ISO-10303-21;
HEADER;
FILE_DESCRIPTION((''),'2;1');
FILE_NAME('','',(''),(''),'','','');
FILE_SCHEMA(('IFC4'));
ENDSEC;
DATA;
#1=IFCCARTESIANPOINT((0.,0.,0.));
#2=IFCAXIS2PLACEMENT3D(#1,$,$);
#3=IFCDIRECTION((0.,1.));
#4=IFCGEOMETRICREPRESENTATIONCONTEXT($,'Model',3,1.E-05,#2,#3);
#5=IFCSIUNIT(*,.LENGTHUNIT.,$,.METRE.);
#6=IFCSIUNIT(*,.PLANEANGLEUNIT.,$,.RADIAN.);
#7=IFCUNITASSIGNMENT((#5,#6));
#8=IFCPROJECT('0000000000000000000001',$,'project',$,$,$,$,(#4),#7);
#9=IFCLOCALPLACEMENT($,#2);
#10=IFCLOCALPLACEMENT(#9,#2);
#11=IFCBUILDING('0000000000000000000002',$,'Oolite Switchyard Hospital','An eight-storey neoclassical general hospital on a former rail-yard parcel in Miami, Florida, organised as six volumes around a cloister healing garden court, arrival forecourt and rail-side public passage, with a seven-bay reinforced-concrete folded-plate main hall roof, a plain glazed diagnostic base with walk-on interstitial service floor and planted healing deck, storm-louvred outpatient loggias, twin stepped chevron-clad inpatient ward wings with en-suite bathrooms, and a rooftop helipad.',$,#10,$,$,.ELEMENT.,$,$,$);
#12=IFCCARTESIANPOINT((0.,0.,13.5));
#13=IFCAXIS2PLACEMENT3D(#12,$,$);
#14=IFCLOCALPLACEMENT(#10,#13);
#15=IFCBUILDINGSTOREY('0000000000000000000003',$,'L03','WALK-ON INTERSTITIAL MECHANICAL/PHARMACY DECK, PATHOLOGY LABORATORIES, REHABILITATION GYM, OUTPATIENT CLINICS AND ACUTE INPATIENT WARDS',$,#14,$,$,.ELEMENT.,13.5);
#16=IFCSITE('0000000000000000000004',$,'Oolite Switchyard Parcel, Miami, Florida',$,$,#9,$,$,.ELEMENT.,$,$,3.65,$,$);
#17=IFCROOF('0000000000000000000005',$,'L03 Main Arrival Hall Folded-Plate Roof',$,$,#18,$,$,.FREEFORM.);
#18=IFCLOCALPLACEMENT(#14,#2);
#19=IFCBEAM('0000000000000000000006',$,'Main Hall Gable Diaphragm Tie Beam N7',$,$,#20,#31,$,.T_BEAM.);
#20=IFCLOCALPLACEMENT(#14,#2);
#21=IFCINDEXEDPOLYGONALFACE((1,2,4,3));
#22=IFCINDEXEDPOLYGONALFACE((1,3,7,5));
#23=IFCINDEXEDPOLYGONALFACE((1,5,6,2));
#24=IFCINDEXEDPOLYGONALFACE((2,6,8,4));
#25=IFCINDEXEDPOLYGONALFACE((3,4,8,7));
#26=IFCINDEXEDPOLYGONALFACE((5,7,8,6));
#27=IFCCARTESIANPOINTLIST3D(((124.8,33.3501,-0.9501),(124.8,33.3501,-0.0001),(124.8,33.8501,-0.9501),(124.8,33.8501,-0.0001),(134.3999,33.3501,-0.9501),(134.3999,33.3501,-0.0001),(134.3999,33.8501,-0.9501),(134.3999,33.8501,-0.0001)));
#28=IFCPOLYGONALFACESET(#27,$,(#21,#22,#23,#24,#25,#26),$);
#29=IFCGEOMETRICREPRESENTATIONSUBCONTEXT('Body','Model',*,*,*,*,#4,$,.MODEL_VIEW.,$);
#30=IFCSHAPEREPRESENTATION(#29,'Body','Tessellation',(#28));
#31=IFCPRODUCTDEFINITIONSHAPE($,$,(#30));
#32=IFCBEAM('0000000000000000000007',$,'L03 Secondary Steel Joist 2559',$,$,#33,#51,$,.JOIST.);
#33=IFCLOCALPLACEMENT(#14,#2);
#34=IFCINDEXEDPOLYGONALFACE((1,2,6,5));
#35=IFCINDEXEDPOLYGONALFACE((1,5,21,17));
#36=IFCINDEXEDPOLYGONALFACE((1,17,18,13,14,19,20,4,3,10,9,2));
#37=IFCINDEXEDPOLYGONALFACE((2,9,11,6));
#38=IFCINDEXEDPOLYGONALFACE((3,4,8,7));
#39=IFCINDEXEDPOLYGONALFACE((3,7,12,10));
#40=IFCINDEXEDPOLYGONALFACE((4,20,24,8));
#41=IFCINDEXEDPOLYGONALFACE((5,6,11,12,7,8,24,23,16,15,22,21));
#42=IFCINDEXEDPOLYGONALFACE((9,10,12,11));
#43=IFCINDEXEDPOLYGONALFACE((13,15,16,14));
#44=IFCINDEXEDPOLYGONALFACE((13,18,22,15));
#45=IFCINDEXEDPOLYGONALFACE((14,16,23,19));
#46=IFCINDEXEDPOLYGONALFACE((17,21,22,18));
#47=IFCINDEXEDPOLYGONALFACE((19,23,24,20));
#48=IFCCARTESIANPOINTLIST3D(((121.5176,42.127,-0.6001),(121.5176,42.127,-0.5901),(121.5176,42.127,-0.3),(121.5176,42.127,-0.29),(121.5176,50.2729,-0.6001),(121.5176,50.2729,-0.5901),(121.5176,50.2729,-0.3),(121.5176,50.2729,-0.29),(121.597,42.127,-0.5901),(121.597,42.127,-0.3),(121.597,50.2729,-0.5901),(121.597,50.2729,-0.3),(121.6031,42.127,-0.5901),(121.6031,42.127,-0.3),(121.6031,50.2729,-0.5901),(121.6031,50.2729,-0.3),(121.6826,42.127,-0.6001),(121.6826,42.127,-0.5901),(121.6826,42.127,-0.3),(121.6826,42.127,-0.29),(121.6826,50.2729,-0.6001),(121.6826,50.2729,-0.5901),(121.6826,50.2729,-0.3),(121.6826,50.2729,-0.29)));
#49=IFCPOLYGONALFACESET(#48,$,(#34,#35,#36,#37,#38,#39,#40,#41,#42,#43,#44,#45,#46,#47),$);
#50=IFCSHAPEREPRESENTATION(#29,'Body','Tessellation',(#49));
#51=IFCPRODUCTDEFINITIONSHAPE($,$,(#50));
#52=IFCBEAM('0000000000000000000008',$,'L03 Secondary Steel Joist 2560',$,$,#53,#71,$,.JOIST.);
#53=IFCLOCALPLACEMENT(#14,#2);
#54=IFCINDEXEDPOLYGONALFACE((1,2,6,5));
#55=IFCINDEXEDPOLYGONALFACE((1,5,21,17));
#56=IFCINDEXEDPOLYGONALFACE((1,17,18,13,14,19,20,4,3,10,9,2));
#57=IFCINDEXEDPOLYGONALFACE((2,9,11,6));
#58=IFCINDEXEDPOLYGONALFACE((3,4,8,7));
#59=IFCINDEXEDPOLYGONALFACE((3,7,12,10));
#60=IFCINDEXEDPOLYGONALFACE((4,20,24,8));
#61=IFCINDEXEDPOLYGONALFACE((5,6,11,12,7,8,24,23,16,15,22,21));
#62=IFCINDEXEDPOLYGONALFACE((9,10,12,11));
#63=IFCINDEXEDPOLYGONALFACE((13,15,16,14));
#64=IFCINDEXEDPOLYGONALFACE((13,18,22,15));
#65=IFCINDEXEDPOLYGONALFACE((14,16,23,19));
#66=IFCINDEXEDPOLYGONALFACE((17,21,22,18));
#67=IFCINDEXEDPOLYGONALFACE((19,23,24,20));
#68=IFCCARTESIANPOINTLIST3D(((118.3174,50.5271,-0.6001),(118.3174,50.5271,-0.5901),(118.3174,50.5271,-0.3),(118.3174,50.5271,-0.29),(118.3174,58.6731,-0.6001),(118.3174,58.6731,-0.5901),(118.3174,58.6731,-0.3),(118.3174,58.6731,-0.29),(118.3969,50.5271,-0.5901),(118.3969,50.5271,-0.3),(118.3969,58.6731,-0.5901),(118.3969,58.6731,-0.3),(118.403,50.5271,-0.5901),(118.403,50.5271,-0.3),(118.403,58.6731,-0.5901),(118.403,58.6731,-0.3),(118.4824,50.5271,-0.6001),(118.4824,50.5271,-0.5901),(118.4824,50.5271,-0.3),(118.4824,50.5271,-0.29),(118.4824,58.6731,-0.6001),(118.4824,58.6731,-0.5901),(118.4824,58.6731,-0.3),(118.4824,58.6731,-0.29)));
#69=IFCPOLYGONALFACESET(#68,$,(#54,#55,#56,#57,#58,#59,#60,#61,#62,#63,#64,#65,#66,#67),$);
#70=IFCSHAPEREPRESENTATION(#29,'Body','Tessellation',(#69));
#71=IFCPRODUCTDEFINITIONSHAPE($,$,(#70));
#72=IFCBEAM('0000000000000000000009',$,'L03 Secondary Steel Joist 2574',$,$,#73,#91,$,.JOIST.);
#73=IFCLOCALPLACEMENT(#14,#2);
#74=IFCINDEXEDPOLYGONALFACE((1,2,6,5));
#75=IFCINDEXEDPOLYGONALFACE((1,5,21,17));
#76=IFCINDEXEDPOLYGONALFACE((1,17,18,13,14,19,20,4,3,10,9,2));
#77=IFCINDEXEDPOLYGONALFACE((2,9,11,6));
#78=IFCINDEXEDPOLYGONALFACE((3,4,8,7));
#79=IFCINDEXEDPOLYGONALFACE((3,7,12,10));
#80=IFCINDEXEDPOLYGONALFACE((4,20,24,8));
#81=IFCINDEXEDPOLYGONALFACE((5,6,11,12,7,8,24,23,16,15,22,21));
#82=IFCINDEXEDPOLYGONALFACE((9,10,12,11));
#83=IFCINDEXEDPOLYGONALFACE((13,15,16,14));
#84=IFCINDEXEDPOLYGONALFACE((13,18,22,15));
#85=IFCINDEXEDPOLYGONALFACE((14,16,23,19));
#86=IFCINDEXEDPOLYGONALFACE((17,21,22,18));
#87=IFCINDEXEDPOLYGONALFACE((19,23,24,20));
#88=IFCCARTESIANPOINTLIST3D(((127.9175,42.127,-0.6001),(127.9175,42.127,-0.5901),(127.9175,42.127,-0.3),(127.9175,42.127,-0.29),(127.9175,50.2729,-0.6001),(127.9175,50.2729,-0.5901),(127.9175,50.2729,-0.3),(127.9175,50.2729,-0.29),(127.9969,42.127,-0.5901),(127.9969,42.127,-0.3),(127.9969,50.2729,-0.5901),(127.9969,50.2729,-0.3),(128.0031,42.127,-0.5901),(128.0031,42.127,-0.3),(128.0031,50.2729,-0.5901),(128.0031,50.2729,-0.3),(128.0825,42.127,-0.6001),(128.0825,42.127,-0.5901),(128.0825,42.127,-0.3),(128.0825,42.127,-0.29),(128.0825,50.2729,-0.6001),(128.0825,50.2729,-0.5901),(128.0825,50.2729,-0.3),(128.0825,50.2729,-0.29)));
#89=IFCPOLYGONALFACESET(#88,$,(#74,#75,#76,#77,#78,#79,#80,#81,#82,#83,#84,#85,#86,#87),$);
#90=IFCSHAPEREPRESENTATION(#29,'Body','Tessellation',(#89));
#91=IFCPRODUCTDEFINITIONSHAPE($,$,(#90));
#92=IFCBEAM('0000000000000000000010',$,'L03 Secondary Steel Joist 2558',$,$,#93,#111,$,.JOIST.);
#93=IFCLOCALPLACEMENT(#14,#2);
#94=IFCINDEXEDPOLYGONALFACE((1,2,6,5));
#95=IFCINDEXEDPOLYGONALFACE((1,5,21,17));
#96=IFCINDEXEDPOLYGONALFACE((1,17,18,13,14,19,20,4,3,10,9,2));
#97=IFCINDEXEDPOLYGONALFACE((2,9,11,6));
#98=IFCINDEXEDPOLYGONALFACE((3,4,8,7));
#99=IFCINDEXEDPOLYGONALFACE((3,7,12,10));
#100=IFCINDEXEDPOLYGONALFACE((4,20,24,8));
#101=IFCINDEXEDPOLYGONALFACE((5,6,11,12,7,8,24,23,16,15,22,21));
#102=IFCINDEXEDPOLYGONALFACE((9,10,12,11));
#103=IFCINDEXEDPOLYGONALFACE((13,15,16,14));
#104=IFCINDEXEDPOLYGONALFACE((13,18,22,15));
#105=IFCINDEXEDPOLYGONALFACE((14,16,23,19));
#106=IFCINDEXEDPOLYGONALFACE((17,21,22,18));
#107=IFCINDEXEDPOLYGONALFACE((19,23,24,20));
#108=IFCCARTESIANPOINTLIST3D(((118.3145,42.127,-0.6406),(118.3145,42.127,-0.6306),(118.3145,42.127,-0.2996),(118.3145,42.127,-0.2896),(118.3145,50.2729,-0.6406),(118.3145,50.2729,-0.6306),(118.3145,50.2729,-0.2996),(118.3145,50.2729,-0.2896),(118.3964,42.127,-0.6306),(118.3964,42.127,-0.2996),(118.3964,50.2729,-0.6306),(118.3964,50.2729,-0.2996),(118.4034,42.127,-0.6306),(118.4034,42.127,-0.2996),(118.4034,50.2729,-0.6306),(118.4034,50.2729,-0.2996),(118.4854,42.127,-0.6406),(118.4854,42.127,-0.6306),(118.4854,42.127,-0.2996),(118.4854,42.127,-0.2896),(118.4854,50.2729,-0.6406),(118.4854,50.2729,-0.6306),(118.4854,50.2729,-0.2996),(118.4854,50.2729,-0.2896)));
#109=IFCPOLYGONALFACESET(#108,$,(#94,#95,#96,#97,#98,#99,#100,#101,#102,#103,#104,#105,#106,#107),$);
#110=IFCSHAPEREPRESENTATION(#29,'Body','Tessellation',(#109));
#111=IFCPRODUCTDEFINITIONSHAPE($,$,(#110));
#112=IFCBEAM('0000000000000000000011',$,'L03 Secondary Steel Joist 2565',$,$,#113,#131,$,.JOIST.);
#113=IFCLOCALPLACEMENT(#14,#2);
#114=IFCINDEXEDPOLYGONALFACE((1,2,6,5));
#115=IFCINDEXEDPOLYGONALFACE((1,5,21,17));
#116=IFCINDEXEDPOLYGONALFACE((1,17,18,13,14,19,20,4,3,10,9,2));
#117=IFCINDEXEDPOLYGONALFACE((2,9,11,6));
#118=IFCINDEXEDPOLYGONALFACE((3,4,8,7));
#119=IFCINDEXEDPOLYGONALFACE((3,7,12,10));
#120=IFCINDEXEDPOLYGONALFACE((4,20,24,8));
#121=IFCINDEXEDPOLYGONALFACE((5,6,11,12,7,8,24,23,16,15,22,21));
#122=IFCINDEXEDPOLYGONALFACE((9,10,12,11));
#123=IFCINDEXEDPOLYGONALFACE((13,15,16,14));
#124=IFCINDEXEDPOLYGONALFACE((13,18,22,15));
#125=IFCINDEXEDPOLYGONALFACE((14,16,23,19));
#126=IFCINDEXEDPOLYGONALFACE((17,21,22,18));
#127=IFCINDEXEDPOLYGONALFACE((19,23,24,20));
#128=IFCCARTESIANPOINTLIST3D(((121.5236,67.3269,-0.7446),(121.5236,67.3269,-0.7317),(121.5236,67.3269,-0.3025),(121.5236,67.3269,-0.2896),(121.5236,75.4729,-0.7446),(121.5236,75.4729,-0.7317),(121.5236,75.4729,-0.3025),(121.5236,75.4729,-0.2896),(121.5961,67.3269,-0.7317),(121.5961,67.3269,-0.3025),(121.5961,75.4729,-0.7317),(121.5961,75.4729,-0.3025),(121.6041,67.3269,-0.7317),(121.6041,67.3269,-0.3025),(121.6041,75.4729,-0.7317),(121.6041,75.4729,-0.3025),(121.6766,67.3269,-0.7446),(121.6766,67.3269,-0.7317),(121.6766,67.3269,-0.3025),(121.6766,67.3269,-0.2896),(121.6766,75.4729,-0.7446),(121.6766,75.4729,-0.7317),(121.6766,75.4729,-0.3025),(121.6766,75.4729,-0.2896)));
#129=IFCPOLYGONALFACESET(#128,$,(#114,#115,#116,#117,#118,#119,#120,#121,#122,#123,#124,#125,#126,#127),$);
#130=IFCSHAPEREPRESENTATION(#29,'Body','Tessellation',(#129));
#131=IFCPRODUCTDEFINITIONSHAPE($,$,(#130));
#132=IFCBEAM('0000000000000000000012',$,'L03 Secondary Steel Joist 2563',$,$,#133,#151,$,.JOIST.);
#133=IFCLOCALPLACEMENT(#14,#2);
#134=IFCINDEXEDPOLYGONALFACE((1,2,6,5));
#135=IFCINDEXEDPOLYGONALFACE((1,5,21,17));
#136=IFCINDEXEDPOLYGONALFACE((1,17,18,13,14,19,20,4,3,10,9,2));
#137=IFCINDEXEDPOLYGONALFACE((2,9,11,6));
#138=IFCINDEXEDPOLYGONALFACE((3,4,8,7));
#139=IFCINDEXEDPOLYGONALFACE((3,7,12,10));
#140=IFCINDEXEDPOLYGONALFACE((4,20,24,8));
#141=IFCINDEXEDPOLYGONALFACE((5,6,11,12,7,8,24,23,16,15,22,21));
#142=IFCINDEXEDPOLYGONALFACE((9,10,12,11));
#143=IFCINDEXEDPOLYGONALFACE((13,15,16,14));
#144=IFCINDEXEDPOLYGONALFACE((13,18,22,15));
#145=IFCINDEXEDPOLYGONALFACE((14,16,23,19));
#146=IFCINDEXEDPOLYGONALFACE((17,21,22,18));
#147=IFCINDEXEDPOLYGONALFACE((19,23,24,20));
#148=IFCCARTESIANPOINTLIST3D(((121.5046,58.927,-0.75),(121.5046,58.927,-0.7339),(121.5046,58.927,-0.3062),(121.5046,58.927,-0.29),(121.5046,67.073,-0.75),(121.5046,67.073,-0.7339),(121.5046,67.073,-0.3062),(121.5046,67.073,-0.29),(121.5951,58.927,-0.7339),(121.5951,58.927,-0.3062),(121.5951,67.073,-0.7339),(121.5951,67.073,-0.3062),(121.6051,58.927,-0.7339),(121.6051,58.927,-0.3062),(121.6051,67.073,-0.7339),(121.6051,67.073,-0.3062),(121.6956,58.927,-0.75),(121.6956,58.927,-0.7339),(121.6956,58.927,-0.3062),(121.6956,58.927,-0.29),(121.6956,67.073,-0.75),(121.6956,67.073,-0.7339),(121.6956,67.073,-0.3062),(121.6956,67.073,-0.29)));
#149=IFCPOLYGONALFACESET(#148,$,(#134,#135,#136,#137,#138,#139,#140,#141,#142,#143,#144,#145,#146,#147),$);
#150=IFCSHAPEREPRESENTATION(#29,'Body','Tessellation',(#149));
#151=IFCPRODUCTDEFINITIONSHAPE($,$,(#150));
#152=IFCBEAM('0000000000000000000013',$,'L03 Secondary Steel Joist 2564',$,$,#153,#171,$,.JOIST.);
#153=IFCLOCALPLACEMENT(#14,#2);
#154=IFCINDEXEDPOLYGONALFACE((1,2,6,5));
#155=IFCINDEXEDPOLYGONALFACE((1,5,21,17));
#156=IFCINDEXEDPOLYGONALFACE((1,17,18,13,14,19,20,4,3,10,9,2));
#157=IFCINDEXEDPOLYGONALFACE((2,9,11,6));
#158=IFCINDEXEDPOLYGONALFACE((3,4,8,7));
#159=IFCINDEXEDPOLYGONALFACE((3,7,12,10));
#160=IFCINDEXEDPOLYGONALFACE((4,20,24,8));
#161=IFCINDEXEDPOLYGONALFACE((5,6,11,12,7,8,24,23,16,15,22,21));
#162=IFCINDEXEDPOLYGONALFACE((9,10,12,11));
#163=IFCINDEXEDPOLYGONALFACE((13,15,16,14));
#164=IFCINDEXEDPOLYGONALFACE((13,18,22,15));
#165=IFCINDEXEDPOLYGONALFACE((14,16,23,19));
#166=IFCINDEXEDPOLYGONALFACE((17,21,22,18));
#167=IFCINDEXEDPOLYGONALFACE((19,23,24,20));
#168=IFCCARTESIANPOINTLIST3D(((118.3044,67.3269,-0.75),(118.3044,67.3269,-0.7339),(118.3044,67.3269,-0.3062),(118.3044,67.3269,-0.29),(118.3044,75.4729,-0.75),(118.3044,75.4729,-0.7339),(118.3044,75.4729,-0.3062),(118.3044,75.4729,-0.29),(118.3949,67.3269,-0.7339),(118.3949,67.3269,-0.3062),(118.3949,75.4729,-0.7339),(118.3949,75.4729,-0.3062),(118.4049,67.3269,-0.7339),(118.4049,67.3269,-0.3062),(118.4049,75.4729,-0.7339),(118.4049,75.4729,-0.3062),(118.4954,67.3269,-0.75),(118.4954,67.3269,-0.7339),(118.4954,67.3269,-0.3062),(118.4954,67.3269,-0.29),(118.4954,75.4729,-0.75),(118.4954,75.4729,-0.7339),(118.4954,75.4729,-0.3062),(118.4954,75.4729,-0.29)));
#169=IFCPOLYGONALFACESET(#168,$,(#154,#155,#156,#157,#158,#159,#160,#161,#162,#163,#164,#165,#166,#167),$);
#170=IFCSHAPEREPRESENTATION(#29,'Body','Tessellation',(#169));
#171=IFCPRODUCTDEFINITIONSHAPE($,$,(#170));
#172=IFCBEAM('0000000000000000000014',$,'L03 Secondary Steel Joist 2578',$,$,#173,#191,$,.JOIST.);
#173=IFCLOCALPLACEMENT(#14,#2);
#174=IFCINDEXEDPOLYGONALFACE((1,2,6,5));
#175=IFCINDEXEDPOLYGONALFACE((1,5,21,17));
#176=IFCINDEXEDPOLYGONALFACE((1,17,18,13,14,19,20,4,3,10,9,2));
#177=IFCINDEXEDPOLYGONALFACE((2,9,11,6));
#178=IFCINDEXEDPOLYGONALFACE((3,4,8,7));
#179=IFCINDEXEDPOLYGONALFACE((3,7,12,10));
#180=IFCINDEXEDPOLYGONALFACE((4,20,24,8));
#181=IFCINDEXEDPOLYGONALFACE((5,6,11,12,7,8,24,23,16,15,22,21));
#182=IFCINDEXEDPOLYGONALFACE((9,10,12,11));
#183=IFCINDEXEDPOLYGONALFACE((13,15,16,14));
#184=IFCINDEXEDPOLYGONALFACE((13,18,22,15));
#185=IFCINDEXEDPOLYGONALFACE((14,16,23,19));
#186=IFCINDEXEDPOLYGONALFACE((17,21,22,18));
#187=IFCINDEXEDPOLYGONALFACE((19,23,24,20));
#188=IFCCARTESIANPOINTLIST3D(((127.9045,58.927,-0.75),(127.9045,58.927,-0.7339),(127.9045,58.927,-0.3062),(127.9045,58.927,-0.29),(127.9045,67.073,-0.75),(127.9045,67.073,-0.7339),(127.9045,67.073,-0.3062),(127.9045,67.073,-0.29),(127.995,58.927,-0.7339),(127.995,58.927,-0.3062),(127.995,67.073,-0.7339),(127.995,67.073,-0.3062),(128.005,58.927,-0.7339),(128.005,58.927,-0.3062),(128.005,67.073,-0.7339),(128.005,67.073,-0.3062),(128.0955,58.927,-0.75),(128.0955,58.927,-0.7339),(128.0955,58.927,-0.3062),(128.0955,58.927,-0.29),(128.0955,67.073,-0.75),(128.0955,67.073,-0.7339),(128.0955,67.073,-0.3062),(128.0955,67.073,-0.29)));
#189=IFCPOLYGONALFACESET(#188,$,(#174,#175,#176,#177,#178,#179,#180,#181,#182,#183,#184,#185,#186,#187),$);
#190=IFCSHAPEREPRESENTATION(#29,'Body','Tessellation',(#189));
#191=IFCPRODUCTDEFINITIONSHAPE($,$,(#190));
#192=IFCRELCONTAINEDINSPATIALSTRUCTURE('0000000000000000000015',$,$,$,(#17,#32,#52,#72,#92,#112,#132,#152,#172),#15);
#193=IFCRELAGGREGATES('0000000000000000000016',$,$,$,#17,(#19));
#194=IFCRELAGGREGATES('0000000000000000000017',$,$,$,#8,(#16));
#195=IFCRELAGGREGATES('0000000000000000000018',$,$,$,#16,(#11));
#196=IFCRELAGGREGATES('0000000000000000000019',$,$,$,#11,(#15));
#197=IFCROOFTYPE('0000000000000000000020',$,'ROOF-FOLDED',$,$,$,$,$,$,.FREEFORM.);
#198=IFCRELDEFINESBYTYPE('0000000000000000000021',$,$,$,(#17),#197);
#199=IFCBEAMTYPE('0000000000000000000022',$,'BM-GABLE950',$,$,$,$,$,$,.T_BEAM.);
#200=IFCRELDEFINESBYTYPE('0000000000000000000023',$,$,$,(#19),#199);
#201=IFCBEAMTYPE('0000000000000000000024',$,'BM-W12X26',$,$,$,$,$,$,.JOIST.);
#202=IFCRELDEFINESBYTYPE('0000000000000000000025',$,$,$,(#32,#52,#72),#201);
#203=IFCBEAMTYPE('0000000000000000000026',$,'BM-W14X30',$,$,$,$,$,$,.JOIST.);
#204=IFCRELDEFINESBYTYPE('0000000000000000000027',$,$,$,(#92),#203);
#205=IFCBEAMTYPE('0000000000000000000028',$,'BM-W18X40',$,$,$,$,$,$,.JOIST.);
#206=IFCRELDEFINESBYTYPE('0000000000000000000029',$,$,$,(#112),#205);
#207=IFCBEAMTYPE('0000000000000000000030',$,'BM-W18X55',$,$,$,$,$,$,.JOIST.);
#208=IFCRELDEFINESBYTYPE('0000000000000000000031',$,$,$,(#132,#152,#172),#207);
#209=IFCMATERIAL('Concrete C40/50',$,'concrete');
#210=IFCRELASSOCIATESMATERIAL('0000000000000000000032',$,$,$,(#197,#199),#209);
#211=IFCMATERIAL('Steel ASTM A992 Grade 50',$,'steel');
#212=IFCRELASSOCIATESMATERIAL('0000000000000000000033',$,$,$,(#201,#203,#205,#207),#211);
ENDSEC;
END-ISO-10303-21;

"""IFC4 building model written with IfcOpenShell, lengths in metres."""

from ifc_helpers import new_model, si_unit, direction, frame, origin, origin_2d, place, context, subcontext, project, spatial, rectangle, i_section, extrude, material, material_profile, profile_set, type_object, element, aggregate, save


model = new_model("IFC4")

# Units and contexts
model_context = context("Model", 3, precision=1e-05, world=origin(), true_north=direction((0.0, 1.0)))
body_context = subcontext(model_context, "Body", "Model", "MODEL_VIEW")
ifc_project = project(units=[si_unit("LENGTHUNIT", "METRE"), si_unit("PLANEANGLEUNIT", "RADIAN")], contexts=[model_context])

# Site, building, storey
site_placement = place(None, origin())
site = spatial("IfcSite", under=ifc_project, at=site_placement, Name="Oolite Switchyard Parcel, Miami, Florida", CompositionType="ELEMENT", RefElevation=3.65)
building_placement = place(site_placement, origin())
building = spatial("IfcBuilding", under=site, at=building_placement, Name="Oolite Switchyard Hospital", Description="An eight-storey neoclassical general hospital on a former rail-yard parcel in Miami, Florida, organised as six volumes around a cloister healing garden court, arrival forecourt and rail-side public passage, with a seven-bay reinforced-concrete folded-plate main hall roof, a plain glazed diagnostic base with walk-on interstitial service floor and planted healing deck, storm-louvred outpatient loggias, twin stepped chevron-clad inpatient ward wings with en-suite bathrooms, and a rooftop helipad.", CompositionType="ELEMENT")
storey_placement = place(building_placement, frame((0.0, 0.0, 13.5)))
storey = spatial("IfcBuildingStorey", under=building, at=storey_placement, Name="L03", Description="WALK-ON INTERSTITIAL MECHANICAL/PHARMACY DECK, PATHOLOGY LABORATORIES, REHABILITATION GYM, OUTPATIENT CLINICS AND ACUTE INPATIENT WARDS", CompositionType="ELEMENT", Elevation=13.5)

# Roof, beam
ifc_material_1 = material(Name="Concrete C40/50", Category="concrete")
roof_type = type_object("IfcRoofType", Name="ROOF-FOLDED", PredefinedType="FREEFORM", material=ifc_material_1)
roof_placement = place(storey_placement, origin())
roof = element("IfcRoof", 1, at=roof_placement, inside=storey, type_object=roof_type, Name="L03 Main Arrival Hall Folded-Plate Roof", PredefinedType="FREEFORM")
ifc_material_profile_1 = material_profile(ifc_material_1, rectangle(XDim=0.5, YDim=0.95, at=origin_2d()), Name="RCG500X950")
ifc_profile_set_1 = profile_set([ifc_material_profile_1], Name="Concrete C40/50")
beam_type_1 = type_object("IfcBeamType", Name="BM-GABLE950", PredefinedType="T_BEAM", material=ifc_profile_set_1)
beam_1_placement = place(storey_placement, frame((124.8, 33.6001, -0.4751), z_axis=(1.0, 0.0, 0.0), x_axis=(0.0, 1.0, 0.0)))
beam_1 = element("IfcBeam", 2, at=beam_1_placement, type_object=beam_type_1, Name="Main Hall Gable Diaphragm Tie Beam N7", PredefinedType="T_BEAM", context=body_context, shape_type="SweptSolid", body=[
    extrude(rectangle(XDim=0.5, YDim=0.95, at=origin_2d()), origin(), (0.0, 0.0, 1.0), 9.5999),
])

# Beams
ifc_material_2 = material(Name="Steel ASTM A992 Grade 50", Category="steel")
ifc_material_profile_2 = material_profile(ifc_material_2, i_section(OverallWidth=0.165, OverallDepth=0.3101, WebThickness=0.0061, FlangeThickness=0.01, at=origin_2d()), Name="W12X26")
ifc_profile_set_2 = profile_set([ifc_material_profile_2], Name="Steel ASTM A992 Grade 50")
beam_type_2 = type_object("IfcBeamType", Name="BM-W12X26", PredefinedType="JOIST", material=ifc_profile_set_2)
for number, where, z_axis, x_axis, name in (
    (3, (121.6001, 42.127, -0.4451), (0.0, 1.0, 0.0), (-1.0, 0.0, 0.0), "L03 Secondary Steel Joist 2559"),
    (4, (118.3999, 50.5271, -0.4451), (0.0, 1.0, 0.0), (-1.0, 0.0, 0.0), "L03 Secondary Steel Joist 2560"),
    (5, (128.0, 42.127, -0.4451), (0.0, 1.0, 0.0), (-1.0, 0.0, 0.0), "L03 Secondary Steel Joist 2574"),
):
    element("IfcBeam", number, at=place(storey_placement, frame(where, z_axis=z_axis, x_axis=x_axis)), inside=storey, type_object=beam_type_2, Name=name, PredefinedType="JOIST", context=body_context, shape_type="SweptSolid", body=[
        extrude(i_section(OverallWidth=0.165, OverallDepth=0.3101, WebThickness=0.0061, FlangeThickness=0.01, at=origin_2d()), origin(), (0.0, 0.0, 1.0), 8.146),
    ])
ifc_material_profile_3 = material_profile(ifc_material_2, i_section(OverallWidth=0.1709, OverallDepth=0.3511, WebThickness=0.0071, FlangeThickness=0.01, at=origin_2d()), Name="W14X30")
ifc_profile_set_3 = profile_set([ifc_material_profile_3], Name="Steel ASTM A992 Grade 50")
beam_type_3 = type_object("IfcBeamType", Name="BM-W14X30", PredefinedType="JOIST", material=ifc_profile_set_3)
beam_2_placement = place(storey_placement, frame((118.3999, 42.127, -0.4651), z_axis=(0.0, 1.0, 0.0), x_axis=(-1.0, 0.0, 0.0)))
element("IfcBeam", 6, at=beam_2_placement, inside=storey, type_object=beam_type_3, Name="L03 Secondary Steel Joist 2558", PredefinedType="JOIST", context=body_context, shape_type="SweptSolid", body=[
    extrude(i_section(OverallWidth=0.1709, OverallDepth=0.3511, WebThickness=0.0071, FlangeThickness=0.01, at=origin_2d()), origin(), (0.0, 0.0, 1.0), 8.146),
])
ifc_material_profile_4 = material_profile(ifc_material_2, i_section(OverallWidth=0.1531, OverallDepth=0.4551, WebThickness=0.0081, FlangeThickness=0.0129, at=origin_2d()), Name="W18X40")
ifc_profile_set_4 = profile_set([ifc_material_profile_4], Name="Steel ASTM A992 Grade 50")
beam_type_4 = type_object("IfcBeamType", Name="BM-W18X40", PredefinedType="JOIST", material=ifc_profile_set_4)
beam_3_placement = place(storey_placement, frame((121.6001, 67.3269, -0.5171), z_axis=(0.0, 1.0, 0.0), x_axis=(-1.0, 0.0, 0.0)))
element("IfcBeam", 7, at=beam_3_placement, inside=storey, type_object=beam_type_4, Name="L03 Secondary Steel Joist 2565", PredefinedType="JOIST", context=body_context, shape_type="SweptSolid", body=[
    extrude(i_section(OverallWidth=0.1531, OverallDepth=0.4551, WebThickness=0.0081, FlangeThickness=0.0129, at=origin_2d()), origin(), (0.0, 0.0, 1.0), 8.146),
])
ifc_material_profile_5 = material_profile(ifc_material_2, i_section(OverallWidth=0.1909, OverallDepth=0.46, WebThickness=0.01, FlangeThickness=0.0161, at=origin_2d()), Name="W18X55")
ifc_profile_set_5 = profile_set([ifc_material_profile_5], Name="Steel ASTM A992 Grade 50")
beam_type_5 = type_object("IfcBeamType", Name="BM-W18X55", PredefinedType="JOIST", material=ifc_profile_set_5)
for number, where, z_axis, x_axis, name in (
    (8, (121.6001, 58.927, -0.52), (0.0, 1.0, 0.0), (-1.0, 0.0, 0.0), "L03 Secondary Steel Joist 2563"),
    (9, (118.3999, 67.3269, -0.52), (0.0, 1.0, 0.0), (-1.0, 0.0, 0.0), "L03 Secondary Steel Joist 2564"),
    (10, (128.0, 58.927, -0.52), (0.0, 1.0, 0.0), (-1.0, 0.0, 0.0), "L03 Secondary Steel Joist 2578"),
):
    element("IfcBeam", number, at=place(storey_placement, frame(where, z_axis=z_axis, x_axis=x_axis)), inside=storey, type_object=beam_type_5, Name=name, PredefinedType="JOIST", context=body_context, shape_type="SweptSolid", body=[
        extrude(i_section(OverallWidth=0.1909, OverallDepth=0.46, WebThickness=0.01, FlangeThickness=0.0161, at=origin_2d()), origin(), (0.0, 0.0, 1.0), 8.146),
    ])

aggregate(roof, [beam_1])

save(model, "model.ifc")
